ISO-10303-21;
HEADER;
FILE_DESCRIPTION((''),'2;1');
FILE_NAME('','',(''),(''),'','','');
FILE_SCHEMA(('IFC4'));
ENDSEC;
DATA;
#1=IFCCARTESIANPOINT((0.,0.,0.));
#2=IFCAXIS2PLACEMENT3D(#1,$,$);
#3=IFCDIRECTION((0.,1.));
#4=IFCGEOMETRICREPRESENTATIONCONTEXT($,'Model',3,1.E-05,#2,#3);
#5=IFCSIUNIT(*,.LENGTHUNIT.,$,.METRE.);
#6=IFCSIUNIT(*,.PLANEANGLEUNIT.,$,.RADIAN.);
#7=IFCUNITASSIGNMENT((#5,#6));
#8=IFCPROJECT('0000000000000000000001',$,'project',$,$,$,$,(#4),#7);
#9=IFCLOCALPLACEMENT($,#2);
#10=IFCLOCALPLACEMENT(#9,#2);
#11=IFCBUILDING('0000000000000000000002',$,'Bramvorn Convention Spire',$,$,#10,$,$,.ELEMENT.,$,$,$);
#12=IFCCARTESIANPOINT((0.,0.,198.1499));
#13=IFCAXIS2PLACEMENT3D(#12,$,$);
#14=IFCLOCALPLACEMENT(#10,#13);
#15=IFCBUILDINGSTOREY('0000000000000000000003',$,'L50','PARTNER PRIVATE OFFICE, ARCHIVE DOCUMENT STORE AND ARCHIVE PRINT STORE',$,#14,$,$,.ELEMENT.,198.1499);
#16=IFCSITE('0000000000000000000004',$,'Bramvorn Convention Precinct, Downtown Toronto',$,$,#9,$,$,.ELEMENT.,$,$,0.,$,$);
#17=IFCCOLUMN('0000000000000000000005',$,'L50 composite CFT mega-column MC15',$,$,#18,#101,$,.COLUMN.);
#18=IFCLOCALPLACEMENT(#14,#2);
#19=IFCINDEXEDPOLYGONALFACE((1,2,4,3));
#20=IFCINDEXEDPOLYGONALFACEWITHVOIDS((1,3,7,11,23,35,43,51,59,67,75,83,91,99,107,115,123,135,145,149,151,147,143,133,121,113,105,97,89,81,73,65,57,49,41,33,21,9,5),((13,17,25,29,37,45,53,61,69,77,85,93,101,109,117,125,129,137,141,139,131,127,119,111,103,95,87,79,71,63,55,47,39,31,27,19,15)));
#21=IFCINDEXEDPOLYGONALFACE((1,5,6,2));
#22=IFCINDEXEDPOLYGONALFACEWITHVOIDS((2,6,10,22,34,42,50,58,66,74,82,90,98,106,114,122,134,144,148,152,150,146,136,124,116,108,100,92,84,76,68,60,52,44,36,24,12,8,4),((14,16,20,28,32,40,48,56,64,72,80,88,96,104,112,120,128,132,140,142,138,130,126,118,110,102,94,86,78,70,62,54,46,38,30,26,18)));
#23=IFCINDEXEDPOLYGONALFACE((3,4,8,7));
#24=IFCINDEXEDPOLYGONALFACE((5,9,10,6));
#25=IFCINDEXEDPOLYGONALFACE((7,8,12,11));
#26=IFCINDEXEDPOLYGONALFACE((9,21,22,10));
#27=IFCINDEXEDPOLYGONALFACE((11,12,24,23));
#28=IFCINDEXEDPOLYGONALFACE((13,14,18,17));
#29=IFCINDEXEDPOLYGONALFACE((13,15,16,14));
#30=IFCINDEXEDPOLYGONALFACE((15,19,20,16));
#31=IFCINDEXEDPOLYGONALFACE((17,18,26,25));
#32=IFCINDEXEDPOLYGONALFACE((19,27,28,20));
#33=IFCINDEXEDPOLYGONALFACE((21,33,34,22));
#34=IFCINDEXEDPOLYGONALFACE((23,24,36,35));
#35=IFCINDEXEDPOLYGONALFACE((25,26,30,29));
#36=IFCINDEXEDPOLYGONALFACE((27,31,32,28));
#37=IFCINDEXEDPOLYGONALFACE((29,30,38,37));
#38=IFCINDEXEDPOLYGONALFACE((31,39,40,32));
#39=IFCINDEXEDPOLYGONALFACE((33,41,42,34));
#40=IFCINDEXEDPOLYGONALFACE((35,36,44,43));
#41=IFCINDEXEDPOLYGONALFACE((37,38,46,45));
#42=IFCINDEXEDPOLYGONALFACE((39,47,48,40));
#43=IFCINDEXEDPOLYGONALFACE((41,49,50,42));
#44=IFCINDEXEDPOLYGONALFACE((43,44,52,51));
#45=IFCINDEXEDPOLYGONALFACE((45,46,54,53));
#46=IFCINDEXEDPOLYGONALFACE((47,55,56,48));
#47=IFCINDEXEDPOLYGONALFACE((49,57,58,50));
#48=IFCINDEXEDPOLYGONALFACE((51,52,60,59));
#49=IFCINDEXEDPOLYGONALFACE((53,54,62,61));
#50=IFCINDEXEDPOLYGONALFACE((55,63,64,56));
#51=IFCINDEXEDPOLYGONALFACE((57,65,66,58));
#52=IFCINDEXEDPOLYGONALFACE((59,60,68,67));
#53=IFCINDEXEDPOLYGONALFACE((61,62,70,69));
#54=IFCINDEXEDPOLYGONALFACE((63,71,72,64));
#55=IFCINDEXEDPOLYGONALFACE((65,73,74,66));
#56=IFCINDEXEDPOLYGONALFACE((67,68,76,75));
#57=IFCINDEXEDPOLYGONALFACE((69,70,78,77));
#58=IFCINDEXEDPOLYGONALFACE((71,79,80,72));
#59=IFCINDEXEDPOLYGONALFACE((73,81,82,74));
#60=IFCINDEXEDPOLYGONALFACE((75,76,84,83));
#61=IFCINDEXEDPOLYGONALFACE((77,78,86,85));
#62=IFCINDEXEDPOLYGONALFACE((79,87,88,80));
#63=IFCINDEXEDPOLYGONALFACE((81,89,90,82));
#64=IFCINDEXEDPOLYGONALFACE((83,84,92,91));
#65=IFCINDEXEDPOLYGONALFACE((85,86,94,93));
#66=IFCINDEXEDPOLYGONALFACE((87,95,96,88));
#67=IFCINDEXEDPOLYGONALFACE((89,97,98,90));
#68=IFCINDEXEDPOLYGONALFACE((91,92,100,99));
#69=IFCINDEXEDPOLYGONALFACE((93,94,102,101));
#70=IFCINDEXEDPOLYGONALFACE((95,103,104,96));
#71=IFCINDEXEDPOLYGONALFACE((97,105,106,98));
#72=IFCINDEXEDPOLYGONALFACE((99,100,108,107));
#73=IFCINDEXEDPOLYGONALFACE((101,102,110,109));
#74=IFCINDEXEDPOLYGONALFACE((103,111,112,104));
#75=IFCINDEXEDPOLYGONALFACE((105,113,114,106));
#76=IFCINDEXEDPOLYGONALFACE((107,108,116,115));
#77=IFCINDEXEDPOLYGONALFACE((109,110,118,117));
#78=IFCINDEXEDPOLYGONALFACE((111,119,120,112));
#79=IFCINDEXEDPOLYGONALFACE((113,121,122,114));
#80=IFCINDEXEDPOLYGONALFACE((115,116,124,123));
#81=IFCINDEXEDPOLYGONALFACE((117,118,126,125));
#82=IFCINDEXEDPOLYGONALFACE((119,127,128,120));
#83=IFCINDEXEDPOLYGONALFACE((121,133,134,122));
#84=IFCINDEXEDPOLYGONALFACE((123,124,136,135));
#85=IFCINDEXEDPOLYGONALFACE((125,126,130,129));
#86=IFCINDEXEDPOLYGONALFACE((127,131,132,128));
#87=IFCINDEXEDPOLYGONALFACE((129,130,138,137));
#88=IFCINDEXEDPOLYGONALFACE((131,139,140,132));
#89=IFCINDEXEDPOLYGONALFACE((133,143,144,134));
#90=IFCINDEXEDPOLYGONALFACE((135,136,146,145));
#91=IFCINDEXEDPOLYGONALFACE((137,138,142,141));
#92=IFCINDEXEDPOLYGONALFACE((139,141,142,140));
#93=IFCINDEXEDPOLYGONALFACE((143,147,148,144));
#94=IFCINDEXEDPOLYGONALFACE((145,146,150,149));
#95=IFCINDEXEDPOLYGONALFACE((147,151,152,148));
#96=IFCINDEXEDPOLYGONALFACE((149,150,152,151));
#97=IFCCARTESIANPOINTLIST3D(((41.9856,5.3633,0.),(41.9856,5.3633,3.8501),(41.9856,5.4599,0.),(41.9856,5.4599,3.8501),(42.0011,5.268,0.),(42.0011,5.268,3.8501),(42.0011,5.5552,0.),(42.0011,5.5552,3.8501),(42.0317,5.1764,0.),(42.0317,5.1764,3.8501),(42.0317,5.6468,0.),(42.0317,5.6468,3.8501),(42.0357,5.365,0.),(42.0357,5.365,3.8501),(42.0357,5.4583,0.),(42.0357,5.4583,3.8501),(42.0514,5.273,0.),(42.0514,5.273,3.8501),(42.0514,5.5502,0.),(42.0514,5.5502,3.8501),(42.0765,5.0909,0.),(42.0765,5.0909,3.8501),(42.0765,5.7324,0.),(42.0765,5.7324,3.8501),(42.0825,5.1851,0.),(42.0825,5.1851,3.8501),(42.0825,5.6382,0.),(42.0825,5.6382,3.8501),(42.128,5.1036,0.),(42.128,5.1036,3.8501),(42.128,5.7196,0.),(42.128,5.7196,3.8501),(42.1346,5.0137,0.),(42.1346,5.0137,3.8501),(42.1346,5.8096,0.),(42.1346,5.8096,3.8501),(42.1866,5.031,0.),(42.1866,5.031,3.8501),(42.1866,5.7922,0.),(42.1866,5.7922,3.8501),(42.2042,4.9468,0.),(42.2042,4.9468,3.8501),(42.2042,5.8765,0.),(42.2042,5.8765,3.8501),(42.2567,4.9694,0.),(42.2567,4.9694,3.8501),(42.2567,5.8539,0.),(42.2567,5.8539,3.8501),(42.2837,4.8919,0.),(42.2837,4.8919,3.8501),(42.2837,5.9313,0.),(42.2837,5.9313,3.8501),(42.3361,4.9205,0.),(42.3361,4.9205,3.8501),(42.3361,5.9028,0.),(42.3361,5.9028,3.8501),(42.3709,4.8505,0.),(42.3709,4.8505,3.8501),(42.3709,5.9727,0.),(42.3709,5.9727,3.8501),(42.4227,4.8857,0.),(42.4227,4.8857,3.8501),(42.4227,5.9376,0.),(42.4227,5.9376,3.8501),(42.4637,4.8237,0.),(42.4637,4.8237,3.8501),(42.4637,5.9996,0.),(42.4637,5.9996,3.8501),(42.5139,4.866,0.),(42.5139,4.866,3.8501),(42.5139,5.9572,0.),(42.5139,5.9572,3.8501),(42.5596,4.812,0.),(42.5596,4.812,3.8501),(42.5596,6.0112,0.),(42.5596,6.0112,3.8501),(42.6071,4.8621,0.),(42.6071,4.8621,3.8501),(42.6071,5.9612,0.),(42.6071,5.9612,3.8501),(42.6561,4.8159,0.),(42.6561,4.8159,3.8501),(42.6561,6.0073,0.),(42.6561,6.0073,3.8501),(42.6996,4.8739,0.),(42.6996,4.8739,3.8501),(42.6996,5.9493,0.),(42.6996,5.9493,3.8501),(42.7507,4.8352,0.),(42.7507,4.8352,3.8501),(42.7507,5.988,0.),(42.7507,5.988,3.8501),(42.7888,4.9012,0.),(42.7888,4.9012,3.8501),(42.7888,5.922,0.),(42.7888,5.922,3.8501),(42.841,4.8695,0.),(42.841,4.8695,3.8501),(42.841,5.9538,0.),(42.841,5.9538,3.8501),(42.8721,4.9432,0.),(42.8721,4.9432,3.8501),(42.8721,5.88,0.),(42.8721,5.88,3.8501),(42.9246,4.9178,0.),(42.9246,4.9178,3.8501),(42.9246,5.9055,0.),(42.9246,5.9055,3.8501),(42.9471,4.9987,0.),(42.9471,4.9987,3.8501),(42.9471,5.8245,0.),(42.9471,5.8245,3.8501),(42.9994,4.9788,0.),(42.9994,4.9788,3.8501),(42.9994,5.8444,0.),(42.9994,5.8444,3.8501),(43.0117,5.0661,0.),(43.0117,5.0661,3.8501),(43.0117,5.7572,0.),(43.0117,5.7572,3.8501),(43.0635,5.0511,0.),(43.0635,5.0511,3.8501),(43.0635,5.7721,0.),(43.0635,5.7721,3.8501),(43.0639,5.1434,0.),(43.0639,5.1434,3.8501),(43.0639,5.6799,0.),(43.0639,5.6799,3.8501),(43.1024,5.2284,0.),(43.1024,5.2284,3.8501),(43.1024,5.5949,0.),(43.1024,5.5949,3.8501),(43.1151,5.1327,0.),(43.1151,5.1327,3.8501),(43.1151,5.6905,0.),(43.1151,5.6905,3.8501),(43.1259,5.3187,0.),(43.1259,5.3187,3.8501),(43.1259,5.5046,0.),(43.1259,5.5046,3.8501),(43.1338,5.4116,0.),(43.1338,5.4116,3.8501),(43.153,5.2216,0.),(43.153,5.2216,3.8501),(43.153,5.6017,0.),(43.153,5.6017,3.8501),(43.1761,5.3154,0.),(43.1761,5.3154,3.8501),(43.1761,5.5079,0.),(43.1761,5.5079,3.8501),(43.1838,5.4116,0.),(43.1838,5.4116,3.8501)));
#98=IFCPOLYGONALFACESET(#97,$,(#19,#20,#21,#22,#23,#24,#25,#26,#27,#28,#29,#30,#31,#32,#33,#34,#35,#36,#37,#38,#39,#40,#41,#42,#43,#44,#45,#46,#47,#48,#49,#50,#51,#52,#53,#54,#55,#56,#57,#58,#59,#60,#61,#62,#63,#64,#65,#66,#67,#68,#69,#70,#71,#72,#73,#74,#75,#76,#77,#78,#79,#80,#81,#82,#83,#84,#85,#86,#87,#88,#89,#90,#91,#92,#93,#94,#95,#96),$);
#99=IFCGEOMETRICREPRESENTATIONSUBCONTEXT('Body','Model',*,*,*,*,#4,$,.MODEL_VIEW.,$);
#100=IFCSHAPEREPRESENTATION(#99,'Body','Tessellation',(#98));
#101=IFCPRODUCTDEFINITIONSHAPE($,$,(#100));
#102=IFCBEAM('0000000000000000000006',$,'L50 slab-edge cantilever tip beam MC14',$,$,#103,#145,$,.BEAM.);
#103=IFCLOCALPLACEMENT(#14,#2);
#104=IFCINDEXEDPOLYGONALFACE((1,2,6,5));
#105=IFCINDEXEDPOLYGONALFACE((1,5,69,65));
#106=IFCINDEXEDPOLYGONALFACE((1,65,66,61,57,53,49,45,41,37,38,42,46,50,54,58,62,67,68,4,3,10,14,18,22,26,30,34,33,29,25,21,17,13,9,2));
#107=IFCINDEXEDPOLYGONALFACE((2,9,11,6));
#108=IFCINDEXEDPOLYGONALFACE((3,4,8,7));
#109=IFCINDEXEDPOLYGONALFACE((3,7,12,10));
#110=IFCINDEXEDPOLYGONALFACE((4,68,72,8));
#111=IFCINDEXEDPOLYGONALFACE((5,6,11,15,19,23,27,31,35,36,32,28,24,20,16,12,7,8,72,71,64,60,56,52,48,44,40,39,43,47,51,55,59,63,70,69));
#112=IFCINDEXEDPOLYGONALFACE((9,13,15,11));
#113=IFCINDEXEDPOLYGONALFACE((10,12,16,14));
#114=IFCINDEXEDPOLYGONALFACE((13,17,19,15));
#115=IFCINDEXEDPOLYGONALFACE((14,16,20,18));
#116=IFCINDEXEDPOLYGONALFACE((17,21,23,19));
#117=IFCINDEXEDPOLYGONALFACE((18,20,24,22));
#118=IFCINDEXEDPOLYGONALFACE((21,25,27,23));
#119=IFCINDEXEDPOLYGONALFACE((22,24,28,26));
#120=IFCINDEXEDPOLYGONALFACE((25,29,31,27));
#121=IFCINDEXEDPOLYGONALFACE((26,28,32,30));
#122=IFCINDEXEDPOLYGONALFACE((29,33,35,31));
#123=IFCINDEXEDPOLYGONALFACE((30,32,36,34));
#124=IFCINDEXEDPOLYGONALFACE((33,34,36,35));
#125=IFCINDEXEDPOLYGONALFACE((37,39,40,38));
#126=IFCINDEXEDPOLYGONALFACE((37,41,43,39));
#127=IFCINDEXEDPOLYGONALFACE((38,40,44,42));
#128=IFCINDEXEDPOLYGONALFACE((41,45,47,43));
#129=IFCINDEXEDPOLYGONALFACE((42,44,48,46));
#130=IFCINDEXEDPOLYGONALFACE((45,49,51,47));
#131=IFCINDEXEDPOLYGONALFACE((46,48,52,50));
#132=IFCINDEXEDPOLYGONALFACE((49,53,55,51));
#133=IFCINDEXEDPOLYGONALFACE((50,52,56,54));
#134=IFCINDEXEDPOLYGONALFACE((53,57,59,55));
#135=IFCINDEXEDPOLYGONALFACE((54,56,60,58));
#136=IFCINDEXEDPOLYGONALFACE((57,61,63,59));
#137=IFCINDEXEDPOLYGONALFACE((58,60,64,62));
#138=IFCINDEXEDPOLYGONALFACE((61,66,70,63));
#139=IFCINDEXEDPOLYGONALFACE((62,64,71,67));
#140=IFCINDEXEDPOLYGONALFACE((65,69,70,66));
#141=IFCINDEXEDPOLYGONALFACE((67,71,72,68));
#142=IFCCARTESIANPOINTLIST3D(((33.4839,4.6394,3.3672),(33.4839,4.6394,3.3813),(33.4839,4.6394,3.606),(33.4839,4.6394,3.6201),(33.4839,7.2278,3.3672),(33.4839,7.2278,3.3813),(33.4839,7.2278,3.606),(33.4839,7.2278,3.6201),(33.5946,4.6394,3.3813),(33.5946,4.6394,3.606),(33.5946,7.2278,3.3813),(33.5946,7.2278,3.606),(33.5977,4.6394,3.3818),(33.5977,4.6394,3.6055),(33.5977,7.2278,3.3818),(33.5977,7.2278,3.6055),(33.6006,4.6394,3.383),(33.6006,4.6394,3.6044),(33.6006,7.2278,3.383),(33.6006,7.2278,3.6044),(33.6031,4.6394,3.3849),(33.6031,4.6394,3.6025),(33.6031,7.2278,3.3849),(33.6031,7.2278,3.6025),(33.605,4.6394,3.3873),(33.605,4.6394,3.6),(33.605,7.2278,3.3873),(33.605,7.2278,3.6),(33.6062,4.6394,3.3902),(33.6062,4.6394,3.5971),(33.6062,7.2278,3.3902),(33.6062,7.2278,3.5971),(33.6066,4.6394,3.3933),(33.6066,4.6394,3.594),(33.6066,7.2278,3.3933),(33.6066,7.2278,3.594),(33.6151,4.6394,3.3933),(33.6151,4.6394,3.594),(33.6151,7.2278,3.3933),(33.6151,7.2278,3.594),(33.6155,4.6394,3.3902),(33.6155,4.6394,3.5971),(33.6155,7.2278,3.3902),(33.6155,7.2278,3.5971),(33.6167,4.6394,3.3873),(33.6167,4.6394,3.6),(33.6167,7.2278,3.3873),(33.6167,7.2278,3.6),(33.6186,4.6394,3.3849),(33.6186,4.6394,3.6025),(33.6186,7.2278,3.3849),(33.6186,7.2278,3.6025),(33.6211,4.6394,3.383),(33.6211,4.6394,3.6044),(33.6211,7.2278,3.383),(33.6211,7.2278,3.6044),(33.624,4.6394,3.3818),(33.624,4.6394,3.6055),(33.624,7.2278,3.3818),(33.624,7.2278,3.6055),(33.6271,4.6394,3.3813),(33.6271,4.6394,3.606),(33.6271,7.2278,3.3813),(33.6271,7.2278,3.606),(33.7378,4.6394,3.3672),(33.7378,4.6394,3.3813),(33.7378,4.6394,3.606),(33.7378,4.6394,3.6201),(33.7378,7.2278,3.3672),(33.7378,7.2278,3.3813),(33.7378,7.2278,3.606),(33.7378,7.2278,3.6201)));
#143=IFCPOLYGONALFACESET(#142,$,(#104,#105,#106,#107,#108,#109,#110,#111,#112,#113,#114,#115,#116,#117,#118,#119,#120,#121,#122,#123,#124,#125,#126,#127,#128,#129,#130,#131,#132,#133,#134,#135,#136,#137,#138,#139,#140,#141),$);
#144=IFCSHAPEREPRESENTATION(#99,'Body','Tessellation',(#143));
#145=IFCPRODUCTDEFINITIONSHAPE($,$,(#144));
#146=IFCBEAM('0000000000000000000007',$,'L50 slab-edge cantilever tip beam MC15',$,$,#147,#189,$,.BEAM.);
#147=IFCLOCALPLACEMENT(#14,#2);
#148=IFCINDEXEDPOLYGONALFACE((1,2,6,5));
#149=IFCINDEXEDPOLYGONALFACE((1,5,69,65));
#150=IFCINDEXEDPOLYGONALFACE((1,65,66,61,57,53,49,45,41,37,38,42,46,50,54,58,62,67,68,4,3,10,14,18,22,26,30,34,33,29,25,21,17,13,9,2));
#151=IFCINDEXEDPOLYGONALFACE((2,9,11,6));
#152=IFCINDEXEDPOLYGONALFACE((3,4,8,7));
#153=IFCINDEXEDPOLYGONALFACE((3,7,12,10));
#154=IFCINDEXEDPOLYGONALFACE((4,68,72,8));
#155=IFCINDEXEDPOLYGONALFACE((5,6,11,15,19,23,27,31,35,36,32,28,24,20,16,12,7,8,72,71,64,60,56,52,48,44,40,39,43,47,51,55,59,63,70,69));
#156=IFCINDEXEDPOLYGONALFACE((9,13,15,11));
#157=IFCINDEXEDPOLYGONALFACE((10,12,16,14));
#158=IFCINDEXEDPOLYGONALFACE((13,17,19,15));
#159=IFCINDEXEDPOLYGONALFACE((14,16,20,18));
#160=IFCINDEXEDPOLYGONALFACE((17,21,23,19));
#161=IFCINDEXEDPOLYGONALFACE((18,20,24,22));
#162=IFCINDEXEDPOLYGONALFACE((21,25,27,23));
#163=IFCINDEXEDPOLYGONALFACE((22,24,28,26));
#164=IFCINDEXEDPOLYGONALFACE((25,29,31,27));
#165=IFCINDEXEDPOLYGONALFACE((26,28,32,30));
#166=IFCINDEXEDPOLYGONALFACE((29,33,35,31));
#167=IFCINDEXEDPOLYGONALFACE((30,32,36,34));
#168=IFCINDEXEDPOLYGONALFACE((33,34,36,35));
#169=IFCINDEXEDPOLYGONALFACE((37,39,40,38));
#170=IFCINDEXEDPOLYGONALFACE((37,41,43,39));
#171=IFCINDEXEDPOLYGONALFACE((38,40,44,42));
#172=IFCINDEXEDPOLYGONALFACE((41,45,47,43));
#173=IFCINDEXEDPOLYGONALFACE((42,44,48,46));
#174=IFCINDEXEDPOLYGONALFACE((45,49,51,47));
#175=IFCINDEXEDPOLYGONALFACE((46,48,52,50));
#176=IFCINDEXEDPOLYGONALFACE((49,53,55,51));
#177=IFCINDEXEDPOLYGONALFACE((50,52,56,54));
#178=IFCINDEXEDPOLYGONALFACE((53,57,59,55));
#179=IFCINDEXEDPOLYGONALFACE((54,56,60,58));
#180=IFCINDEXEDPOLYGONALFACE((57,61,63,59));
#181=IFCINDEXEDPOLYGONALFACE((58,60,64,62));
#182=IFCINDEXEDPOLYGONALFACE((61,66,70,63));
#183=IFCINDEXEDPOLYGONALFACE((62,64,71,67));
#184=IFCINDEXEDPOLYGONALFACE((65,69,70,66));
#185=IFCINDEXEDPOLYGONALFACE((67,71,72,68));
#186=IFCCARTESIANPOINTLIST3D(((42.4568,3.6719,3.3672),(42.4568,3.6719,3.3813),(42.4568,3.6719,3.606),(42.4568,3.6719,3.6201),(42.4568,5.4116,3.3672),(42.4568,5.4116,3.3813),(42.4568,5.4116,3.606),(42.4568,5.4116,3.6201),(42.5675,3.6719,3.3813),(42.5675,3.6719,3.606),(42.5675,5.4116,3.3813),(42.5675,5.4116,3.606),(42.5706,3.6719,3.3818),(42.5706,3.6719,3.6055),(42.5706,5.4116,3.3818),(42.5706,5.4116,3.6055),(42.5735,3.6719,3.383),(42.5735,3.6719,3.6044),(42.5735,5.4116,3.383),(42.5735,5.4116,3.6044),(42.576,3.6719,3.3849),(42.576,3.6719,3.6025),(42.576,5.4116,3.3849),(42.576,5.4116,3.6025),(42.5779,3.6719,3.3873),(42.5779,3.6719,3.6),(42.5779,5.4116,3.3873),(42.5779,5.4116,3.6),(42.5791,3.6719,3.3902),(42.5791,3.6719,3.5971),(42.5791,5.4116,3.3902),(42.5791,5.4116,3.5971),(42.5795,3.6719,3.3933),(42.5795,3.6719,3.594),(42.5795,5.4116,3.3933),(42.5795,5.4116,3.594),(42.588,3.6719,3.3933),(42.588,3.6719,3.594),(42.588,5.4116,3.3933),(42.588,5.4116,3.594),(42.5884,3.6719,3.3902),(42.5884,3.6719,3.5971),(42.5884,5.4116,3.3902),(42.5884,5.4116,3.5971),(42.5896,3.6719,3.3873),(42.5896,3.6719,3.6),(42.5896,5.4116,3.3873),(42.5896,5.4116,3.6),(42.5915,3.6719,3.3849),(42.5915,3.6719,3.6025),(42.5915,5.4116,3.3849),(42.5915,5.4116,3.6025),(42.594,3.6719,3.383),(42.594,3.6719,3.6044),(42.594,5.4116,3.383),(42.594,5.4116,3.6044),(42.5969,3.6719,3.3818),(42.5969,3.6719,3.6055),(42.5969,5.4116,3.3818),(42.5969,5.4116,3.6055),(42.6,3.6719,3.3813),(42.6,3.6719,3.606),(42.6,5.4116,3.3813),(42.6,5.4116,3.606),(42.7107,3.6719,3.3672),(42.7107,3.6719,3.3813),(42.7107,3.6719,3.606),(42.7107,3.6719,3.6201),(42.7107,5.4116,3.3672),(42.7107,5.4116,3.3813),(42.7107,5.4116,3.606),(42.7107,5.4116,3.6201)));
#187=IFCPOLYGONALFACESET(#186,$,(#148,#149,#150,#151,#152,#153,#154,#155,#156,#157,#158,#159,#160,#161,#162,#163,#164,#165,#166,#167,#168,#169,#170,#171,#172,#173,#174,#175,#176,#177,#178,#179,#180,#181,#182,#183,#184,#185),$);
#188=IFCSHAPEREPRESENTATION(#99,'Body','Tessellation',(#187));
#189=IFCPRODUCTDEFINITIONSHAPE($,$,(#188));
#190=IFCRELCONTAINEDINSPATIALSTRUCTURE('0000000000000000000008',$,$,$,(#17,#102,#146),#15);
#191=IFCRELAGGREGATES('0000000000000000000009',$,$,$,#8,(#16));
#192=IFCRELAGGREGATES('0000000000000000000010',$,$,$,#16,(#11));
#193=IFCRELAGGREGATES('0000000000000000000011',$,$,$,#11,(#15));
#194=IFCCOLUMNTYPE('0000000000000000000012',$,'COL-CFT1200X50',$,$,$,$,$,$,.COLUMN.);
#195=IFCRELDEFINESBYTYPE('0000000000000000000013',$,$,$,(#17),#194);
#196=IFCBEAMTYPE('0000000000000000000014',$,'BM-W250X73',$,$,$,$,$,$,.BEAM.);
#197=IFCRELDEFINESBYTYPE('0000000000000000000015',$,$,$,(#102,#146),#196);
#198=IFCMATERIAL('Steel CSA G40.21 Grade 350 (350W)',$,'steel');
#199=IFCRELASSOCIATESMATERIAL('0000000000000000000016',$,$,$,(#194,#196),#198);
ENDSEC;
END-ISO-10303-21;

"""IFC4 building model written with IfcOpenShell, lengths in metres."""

from ifc_helpers import new_model, si_unit, direction, frame, origin, origin_2d, place, context, subcontext, project, spatial, hollow_circle, i_section, extrude, material, material_profile, profile_set, type_object, element, save


model = new_model("IFC4")

# Units and contexts
model_context = context("Model", 3, precision=1e-05, world=origin(), true_north=direction((0.0, 1.0)))
body_context = subcontext(model_context, "Body", "Model", "MODEL_VIEW")
ifc_project = project(units=[si_unit("LENGTHUNIT", "METRE"), si_unit("PLANEANGLEUNIT", "RADIAN")], contexts=[model_context])

# Site, building, storey
site_placement = place(None, origin())
site = spatial("IfcSite", under=ifc_project, at=site_placement, Name="Bramvorn Convention Precinct, Downtown Toronto", CompositionType="ELEMENT", RefElevation=0.0)
building_placement = place(site_placement, origin())
building = spatial("IfcBuilding", under=site, at=building_placement, Name="Bramvorn Convention Spire", CompositionType="ELEMENT")
storey_placement = place(building_placement, frame((0.0, 0.0, 198.1499)))
storey = spatial("IfcBuildingStorey", under=building, at=storey_placement, Name="L50", Description="PARTNER PRIVATE OFFICE, ARCHIVE DOCUMENT STORE AND ARCHIVE PRINT STORE", CompositionType="ELEMENT", Elevation=198.1499)

# Column
ifc_material_1 = material(Name="Steel CSA G40.21 Grade 350 (350W)", Category="steel")
ifc_material_profile_1 = material_profile(ifc_material_1, hollow_circle(Radius=0.6001, WallThickness=0.05, at=origin_2d()))
ifc_profile_set_1 = profile_set([ifc_material_profile_1], Name="Steel CSA G40.21 Grade 350 (350W) - CFT1200X50")
column_type = type_object("IfcColumnType", Name="COL-CFT1200X50", PredefinedType="COLUMN", material=ifc_profile_set_1)
column_placement = place(storey_placement, frame((42.5837, 5.4116, 0.0), z_axis=(0.0, 0.0, 1.0), x_axis=(1.0, 0.0, 0.0)))
element("IfcColumn", 1, at=column_placement, inside=storey, type_object=column_type, Name="L50 composite CFT mega-column MC15", PredefinedType="COLUMN", context=body_context, shape_type="SweptSolid", body=[
    extrude(hollow_circle(Radius=0.6001, WallThickness=0.05, at=origin_2d()), origin(), (0.0, 0.0, 1.0), 3.8501),
])

# Beams
ifc_material_profile_2 = material_profile(ifc_material_1, i_section(OverallWidth=0.2539, OverallDepth=0.2529, WebThickness=0.0085, FlangeThickness=0.0142, FilletRadius=0.012, at=origin_2d()))
ifc_profile_set_2 = profile_set([ifc_material_profile_2], Name="Steel CSA G40.21 Grade 350 (350W) - W250X73")
beam_type_1 = type_object("IfcBeamType", Name="BM-W250X73", PredefinedType="BEAM", material=ifc_profile_set_2)
beam_1_placement = place(storey_placement, frame((33.6108, 7.2278, 3.4937), z_axis=(0.0, -1.0, 0.0), x_axis=(1.0, 0.0, 0.0)))
element("IfcBeam", 2, at=beam_1_placement, inside=storey, type_object=beam_type_1, Name="L50 slab-edge cantilever tip beam MC14", PredefinedType="BEAM", context=body_context, shape_type="SweptSolid", body=[
    extrude(i_section(OverallWidth=0.2539, OverallDepth=0.2529, WebThickness=0.0085, FlangeThickness=0.0142, FilletRadius=0.012, at=origin_2d()), origin(), (0.0, 0.0, 1.0), 2.5884),
])
beam_2_placement = place(storey_placement, frame((42.5837, 5.4116, 3.4937), z_axis=(0.0, -1.0, 0.0), x_axis=(1.0, 0.0, 0.0)))
element("IfcBeam", 3, at=beam_2_placement, inside=storey, type_object=beam_type_1, Name="L50 slab-edge cantilever tip beam MC15", PredefinedType="BEAM", context=body_context, shape_type="SweptSolid", body=[
    extrude(i_section(OverallWidth=0.2539, OverallDepth=0.2529, WebThickness=0.0085, FlangeThickness=0.0142, FilletRadius=0.012, at=origin_2d()), origin(), (0.0, 0.0, 1.0), 1.7397),
])

save(model, "model.ifc")
